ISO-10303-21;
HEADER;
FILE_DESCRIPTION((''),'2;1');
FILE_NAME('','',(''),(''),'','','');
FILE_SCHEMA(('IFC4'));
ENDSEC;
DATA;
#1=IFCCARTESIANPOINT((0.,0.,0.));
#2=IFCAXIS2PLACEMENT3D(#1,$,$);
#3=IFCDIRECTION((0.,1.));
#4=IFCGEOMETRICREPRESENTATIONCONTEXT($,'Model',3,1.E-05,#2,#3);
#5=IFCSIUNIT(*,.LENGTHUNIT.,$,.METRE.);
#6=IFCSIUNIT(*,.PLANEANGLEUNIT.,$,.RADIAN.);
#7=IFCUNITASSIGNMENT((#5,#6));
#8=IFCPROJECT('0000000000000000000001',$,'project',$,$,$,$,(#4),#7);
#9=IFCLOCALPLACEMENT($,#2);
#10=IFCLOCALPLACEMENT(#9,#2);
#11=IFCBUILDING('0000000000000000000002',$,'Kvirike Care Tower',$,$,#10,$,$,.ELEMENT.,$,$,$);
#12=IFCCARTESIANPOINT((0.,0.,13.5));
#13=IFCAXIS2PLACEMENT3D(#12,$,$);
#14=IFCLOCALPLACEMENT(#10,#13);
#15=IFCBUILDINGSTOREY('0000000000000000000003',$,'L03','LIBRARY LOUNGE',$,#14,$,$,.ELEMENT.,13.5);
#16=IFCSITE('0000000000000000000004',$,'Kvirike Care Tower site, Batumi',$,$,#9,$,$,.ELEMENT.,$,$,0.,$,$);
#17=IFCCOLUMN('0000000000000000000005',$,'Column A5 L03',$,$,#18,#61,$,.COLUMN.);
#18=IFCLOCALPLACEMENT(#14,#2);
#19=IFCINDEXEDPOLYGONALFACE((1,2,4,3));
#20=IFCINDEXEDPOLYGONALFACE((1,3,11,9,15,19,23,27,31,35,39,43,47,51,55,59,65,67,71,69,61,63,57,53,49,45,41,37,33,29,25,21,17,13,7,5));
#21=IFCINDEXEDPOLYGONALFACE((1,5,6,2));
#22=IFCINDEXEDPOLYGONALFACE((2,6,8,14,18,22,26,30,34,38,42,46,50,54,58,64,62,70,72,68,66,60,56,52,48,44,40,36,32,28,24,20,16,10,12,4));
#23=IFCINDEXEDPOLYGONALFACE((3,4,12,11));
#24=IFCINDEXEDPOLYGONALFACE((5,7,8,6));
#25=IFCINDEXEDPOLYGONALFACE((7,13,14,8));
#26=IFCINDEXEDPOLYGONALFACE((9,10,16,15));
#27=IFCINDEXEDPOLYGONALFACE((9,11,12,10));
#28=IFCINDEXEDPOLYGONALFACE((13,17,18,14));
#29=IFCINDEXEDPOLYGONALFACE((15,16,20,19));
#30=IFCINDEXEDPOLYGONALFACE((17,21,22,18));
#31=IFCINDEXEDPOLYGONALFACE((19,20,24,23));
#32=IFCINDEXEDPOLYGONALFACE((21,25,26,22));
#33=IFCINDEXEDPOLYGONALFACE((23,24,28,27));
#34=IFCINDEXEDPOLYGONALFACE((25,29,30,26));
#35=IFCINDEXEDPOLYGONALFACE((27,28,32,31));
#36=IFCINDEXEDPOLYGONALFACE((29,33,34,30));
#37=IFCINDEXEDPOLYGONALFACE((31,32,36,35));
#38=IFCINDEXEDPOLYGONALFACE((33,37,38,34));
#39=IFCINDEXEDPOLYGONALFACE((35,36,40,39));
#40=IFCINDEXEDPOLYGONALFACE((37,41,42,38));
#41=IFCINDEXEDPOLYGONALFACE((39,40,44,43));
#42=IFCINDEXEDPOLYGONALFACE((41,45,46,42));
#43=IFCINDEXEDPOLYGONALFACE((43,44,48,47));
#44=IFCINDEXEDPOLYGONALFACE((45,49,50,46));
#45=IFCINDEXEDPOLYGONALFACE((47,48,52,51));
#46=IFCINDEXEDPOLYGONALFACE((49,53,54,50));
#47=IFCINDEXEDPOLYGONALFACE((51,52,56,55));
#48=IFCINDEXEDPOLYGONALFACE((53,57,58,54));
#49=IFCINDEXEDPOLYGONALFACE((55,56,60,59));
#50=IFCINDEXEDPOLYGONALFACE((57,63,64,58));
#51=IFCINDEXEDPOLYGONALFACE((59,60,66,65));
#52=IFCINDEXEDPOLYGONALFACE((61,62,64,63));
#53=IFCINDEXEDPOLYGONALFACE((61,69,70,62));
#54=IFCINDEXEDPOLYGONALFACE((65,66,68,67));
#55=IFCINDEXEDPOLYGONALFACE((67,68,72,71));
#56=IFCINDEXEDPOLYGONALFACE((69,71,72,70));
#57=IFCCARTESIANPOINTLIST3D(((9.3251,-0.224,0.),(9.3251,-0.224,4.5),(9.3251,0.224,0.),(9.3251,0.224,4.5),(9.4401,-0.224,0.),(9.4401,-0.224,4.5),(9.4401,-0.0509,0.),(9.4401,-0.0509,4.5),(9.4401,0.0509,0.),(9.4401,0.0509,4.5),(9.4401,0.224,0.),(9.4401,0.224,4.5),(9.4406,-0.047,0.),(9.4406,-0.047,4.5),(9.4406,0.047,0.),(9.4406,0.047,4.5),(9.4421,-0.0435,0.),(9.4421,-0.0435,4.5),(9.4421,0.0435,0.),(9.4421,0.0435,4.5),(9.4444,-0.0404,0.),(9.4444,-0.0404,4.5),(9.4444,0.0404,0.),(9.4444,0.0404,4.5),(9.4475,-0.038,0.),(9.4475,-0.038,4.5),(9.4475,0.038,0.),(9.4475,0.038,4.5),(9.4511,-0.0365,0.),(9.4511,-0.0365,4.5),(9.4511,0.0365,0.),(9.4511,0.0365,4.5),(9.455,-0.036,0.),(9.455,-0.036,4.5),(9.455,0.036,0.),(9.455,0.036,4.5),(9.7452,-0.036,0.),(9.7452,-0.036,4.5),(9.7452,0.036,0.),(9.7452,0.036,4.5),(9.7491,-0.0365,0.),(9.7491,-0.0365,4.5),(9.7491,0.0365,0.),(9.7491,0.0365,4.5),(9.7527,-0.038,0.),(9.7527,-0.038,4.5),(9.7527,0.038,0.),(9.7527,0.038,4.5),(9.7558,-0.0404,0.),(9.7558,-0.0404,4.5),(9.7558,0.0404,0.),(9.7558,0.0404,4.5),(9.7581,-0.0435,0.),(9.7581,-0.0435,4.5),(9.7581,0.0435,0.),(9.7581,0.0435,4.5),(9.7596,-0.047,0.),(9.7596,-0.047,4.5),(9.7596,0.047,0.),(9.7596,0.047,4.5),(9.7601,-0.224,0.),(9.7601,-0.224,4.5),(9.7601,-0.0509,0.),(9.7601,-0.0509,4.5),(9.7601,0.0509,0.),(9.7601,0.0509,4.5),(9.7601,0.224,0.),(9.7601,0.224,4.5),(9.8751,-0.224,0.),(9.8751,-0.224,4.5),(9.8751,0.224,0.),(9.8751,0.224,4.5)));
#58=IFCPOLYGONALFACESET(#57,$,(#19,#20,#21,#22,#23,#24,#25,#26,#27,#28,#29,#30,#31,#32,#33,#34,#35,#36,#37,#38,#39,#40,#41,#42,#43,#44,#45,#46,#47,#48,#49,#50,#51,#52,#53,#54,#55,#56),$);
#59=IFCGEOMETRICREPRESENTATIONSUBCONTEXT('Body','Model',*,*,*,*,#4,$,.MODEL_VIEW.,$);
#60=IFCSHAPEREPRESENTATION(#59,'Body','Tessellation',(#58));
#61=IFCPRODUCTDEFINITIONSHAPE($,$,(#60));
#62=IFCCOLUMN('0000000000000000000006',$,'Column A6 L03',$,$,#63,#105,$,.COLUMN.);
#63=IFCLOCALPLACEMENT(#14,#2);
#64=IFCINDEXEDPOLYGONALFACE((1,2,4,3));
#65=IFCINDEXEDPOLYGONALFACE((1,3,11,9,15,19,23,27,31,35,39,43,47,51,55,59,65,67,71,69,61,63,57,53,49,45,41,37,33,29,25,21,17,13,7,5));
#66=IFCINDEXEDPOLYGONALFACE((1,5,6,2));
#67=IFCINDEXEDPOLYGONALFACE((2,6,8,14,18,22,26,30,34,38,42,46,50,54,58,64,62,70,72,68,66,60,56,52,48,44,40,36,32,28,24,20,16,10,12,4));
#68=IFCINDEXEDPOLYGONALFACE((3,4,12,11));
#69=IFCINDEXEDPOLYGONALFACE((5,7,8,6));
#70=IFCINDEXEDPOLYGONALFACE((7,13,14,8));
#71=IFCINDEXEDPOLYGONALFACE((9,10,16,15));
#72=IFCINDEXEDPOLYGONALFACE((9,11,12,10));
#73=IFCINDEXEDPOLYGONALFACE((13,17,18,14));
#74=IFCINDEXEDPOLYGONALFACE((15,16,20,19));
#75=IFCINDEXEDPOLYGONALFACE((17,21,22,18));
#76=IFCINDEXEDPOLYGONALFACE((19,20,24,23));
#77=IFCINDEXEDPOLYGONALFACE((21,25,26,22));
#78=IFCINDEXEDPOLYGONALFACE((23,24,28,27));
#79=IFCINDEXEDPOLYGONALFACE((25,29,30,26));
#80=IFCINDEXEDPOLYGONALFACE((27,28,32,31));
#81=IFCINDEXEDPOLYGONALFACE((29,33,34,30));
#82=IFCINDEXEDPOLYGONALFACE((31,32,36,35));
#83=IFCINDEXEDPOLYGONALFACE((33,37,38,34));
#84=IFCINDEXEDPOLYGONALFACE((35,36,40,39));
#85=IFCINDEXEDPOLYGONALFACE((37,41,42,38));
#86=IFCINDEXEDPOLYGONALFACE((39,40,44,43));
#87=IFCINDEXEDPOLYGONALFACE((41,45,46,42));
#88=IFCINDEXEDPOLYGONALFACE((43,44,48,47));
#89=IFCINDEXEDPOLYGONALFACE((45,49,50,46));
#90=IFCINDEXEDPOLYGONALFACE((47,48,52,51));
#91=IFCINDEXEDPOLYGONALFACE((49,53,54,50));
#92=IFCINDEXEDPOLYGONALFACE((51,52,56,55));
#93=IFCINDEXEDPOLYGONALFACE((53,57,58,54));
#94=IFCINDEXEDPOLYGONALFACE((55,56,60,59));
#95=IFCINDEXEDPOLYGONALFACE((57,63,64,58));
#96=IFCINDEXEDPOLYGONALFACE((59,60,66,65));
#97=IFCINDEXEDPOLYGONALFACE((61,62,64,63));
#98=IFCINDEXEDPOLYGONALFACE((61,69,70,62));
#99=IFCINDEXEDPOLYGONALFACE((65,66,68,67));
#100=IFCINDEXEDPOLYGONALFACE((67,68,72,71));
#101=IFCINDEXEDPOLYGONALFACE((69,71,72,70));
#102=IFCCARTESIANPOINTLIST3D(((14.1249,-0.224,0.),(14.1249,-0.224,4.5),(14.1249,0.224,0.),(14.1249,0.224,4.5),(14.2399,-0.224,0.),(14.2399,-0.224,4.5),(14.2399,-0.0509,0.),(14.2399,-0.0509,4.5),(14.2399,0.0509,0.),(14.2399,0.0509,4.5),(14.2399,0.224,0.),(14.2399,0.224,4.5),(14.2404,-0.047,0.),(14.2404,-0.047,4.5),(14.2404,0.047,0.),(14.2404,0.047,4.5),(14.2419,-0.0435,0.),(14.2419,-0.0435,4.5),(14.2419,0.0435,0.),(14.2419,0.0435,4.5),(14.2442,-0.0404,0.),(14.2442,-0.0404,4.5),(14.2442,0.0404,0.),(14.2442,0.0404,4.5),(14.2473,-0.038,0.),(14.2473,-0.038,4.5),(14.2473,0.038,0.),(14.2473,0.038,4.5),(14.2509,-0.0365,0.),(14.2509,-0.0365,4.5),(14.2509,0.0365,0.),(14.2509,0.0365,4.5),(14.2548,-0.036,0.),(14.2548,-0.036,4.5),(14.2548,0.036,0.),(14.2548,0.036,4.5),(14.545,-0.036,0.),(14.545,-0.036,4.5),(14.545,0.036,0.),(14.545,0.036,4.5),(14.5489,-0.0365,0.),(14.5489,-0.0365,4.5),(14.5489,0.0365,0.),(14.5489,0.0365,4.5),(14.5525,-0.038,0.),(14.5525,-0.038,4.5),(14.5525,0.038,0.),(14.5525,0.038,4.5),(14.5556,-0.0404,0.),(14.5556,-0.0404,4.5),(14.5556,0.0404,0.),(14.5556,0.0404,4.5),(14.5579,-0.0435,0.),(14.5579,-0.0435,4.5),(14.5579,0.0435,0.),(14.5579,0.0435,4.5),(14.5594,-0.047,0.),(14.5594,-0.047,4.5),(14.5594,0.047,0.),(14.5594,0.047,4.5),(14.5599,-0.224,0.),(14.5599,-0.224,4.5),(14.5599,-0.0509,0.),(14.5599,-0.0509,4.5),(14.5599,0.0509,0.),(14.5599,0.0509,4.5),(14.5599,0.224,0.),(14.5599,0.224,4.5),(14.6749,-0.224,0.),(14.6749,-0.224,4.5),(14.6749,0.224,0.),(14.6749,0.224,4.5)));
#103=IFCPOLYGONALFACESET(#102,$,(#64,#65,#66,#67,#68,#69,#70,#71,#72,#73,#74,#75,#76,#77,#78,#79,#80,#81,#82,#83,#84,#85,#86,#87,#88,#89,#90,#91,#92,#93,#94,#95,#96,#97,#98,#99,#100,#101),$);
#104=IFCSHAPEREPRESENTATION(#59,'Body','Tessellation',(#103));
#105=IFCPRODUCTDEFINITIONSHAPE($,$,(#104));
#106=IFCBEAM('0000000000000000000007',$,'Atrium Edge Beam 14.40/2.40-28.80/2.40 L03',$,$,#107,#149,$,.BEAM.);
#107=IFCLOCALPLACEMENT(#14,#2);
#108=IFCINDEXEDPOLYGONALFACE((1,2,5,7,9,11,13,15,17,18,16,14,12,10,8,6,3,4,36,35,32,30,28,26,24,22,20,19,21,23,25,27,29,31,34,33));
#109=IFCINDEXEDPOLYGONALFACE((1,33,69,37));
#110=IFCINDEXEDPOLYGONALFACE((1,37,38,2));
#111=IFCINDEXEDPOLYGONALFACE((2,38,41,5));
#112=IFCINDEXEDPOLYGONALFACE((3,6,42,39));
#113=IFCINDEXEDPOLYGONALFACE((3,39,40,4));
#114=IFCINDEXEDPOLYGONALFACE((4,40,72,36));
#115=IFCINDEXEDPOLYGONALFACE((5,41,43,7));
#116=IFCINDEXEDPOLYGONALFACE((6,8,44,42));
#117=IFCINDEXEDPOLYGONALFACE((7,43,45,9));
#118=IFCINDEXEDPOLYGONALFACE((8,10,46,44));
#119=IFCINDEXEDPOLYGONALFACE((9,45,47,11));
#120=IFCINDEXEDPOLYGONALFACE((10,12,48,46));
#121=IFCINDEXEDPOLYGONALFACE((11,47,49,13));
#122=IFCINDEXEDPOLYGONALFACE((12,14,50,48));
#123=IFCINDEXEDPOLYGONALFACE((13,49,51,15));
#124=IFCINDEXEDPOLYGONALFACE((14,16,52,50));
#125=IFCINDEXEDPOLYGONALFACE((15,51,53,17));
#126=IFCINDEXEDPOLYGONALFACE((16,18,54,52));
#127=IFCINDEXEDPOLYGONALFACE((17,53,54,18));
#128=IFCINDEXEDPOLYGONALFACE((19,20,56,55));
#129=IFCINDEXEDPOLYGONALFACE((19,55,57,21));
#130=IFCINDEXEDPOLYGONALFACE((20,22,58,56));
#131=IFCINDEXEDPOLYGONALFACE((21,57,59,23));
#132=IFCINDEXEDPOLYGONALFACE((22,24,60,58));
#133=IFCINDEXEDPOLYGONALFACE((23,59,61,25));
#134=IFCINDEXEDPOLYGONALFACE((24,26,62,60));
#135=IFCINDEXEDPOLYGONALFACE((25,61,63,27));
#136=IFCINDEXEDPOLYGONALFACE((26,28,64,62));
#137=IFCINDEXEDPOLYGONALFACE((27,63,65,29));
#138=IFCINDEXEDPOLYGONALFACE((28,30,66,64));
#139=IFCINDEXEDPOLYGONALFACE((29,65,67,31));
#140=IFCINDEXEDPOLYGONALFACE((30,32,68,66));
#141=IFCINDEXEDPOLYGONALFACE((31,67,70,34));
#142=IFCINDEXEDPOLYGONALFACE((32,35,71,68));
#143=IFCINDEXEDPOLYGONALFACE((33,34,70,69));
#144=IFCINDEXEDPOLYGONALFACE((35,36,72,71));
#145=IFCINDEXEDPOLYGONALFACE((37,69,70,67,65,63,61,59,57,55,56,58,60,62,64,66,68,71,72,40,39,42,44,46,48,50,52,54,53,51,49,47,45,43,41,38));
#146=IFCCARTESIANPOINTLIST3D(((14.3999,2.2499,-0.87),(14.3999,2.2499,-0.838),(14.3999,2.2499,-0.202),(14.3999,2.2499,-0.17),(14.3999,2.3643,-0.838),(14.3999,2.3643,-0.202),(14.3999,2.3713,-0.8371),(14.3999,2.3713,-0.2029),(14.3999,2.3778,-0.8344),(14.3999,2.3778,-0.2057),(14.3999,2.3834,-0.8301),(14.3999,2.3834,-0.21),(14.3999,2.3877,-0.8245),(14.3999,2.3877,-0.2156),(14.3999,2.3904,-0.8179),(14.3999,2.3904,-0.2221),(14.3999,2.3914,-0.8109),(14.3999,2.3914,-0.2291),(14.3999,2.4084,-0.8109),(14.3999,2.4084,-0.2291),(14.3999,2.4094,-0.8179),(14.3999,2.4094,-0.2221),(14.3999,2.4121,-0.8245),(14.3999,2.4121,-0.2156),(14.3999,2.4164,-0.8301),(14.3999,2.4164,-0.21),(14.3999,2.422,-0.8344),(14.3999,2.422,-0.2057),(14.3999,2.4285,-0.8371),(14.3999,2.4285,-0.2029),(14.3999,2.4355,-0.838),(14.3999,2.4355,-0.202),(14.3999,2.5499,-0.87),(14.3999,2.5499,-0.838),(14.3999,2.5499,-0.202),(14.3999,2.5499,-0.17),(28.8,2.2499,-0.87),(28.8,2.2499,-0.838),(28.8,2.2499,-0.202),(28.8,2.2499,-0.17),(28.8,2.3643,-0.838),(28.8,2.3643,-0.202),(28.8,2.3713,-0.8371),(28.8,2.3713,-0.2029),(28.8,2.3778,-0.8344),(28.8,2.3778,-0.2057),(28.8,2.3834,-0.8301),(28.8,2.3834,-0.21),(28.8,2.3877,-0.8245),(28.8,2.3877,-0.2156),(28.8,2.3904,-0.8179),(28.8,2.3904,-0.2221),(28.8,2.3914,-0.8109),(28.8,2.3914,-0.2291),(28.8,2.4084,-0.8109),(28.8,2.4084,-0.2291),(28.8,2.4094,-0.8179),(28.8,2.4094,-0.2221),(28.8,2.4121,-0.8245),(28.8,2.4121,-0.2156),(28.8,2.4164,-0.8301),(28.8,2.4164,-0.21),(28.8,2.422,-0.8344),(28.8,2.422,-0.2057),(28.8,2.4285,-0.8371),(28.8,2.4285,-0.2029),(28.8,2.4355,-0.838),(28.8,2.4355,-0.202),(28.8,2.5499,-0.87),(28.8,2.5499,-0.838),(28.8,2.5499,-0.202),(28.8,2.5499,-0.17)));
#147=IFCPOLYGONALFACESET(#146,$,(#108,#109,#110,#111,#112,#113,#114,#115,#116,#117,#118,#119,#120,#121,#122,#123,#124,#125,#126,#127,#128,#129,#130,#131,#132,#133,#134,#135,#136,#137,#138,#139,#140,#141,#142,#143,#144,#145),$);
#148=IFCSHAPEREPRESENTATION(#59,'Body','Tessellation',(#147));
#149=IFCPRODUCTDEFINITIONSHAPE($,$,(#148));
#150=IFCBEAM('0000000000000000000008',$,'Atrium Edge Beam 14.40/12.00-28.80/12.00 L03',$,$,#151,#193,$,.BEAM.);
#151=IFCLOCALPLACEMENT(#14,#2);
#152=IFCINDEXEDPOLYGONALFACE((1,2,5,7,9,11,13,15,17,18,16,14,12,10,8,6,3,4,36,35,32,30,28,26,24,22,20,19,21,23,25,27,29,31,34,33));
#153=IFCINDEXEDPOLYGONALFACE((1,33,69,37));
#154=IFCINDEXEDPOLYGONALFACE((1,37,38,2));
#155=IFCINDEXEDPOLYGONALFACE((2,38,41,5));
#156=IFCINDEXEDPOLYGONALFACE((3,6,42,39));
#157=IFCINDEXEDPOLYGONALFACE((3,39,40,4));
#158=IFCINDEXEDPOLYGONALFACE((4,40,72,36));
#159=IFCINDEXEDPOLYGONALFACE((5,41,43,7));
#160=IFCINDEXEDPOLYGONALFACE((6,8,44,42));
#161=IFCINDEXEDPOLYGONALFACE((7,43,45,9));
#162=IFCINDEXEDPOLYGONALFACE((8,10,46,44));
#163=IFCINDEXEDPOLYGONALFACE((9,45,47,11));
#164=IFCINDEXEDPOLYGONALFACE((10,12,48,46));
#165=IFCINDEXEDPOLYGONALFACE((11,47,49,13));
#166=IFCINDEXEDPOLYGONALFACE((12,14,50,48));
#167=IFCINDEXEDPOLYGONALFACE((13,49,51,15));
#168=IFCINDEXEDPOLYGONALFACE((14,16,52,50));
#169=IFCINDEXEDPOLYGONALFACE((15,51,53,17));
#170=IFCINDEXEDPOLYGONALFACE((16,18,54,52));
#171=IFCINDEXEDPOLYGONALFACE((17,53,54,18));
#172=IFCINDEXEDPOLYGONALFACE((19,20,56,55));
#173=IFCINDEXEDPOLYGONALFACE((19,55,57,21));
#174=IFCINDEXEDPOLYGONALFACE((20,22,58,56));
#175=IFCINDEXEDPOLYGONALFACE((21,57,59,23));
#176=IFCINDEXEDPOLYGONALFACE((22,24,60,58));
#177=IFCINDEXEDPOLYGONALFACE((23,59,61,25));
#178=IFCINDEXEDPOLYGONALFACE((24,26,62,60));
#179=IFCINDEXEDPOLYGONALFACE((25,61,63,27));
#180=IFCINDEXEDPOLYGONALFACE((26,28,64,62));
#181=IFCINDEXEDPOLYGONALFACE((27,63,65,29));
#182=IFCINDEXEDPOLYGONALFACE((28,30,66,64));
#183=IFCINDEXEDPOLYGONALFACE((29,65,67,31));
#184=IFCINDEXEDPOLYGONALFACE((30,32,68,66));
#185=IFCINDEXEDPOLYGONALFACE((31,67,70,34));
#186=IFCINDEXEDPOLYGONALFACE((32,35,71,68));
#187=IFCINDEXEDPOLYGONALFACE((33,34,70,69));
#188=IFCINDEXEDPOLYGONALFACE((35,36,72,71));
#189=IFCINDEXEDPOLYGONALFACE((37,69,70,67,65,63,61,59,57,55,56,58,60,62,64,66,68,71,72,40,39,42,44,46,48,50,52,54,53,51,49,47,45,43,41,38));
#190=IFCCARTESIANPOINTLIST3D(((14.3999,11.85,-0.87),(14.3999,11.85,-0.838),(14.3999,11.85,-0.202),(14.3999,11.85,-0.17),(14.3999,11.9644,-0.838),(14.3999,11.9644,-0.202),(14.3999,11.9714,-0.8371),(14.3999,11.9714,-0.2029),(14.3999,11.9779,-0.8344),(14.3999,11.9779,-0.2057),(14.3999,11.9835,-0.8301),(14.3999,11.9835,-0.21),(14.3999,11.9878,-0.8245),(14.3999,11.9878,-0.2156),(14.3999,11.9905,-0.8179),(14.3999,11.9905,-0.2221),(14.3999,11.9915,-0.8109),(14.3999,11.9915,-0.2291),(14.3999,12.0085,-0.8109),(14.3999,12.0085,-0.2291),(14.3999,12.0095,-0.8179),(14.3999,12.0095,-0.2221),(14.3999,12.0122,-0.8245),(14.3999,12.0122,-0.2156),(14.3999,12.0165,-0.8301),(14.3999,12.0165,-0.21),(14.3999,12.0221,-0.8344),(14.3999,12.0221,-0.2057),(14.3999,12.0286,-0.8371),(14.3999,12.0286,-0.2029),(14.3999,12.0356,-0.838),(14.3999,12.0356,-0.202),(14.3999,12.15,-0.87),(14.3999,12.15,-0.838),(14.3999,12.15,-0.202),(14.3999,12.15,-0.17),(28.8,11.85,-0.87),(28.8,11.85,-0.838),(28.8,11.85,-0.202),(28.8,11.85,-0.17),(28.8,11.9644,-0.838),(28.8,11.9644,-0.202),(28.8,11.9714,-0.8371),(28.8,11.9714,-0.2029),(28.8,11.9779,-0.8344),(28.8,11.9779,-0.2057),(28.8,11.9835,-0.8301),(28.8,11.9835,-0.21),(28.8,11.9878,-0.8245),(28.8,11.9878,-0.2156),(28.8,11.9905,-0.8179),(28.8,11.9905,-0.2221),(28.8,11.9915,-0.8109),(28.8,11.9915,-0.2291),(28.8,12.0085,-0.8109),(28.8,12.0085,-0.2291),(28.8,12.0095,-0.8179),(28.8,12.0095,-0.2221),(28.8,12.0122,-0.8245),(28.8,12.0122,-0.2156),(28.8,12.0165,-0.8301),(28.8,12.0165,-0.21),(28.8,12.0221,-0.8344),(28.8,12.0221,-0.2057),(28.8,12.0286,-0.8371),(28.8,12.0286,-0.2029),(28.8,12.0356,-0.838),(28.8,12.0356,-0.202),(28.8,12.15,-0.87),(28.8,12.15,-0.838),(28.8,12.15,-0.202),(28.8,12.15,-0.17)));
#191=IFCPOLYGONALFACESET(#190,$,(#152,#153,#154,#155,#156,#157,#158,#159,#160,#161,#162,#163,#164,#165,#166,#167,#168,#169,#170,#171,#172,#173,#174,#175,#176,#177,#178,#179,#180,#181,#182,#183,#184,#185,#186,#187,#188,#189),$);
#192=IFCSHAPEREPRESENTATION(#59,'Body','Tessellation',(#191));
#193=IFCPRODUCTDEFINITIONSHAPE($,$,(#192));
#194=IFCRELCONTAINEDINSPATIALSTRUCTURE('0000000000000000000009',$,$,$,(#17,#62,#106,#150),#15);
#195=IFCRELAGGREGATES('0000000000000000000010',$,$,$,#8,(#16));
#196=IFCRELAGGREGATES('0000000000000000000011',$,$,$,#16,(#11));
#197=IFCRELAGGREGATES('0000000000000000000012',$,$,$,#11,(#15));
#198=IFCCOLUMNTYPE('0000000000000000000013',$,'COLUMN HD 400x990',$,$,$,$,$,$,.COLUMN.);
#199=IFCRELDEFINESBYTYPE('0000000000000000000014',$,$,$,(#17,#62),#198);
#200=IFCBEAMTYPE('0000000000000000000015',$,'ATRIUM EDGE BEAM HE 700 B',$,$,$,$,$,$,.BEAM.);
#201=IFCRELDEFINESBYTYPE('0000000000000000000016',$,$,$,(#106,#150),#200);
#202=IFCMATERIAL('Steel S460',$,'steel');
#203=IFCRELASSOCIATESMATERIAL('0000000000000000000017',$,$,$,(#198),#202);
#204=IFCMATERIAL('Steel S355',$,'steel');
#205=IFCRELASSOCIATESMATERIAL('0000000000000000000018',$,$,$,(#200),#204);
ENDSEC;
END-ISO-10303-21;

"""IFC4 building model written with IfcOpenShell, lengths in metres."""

from ifc_helpers import new_model, si_unit, direction, frame, origin, origin_2d, place, context, subcontext, project, spatial, i_section, extrude, material, material_profile, profile_set, type_object, element, save


model = new_model("IFC4")

# Units and contexts
model_context = context("Model", 3, precision=1e-05, world=origin(), true_north=direction((0.0, 1.0)))
body_context = subcontext(model_context, "Body", "Model", "MODEL_VIEW")
ifc_project = project(units=[si_unit("LENGTHUNIT", "METRE"), si_unit("PLANEANGLEUNIT", "RADIAN")], contexts=[model_context])

# Site, building, storey
site_placement = place(None, origin())
site = spatial("IfcSite", under=ifc_project, at=site_placement, Name="Kvirike Care Tower site, Batumi", CompositionType="ELEMENT", RefElevation=0.0)
building_placement = place(site_placement, origin())
building = spatial("IfcBuilding", under=site, at=building_placement, Name="Kvirike Care Tower", CompositionType="ELEMENT")
storey_placement = place(building_placement, frame((0.0, 0.0, 13.5)))
storey = spatial("IfcBuildingStorey", under=building, at=storey_placement, Name="L03", Description="LIBRARY LOUNGE", CompositionType="ELEMENT", Elevation=13.5)

# Columns
ifc_material_1 = material(Name="Steel S460", Category="steel")
ifc_material_profile_1 = material_profile(ifc_material_1, i_section(OverallWidth=0.448, OverallDepth=0.55, WebThickness=0.072, FlangeThickness=0.115, FilletRadius=0.0149, at=origin_2d()), Name="HD 400x990")
ifc_profile_set_1 = profile_set([ifc_material_profile_1], Name="Steel S460")
column_type_1 = type_object("IfcColumnType", Name="COLUMN HD 400x990", PredefinedType="COLUMN", material=ifc_profile_set_1)
for number, where, z_axis, x_axis, name in (
    (1, (9.6001, 0.0, 0.0), (0.0, 0.0, 1.0), (0.0, 1.0, 0.0), "Column A5 L03"),
    (2, (14.3999, 0.0, 0.0), (0.0, 0.0, 1.0), (0.0, 1.0, 0.0), "Column A6 L03"),
):
    element("IfcColumn", number, at=place(storey_placement, frame(where, z_axis=z_axis, x_axis=x_axis)), inside=storey, type_object=column_type_1, Name=name, PredefinedType="COLUMN", context=body_context, shape_type="SweptSolid", body=[
        extrude(i_section(OverallWidth=0.448, OverallDepth=0.55, WebThickness=0.072, FlangeThickness=0.115, FilletRadius=0.0149, at=origin_2d()), origin(), (0.0, 0.0, 1.0), 4.5),
    ])

# Beams
ifc_material_2 = material(Name="Steel S355", Category="steel")
ifc_material_profile_2 = material_profile(ifc_material_2, i_section(OverallWidth=0.3, OverallDepth=0.7, WebThickness=0.0171, FlangeThickness=0.032, FilletRadius=0.0271, at=origin_2d()), Name="HE 700 B")
ifc_profile_set_2 = profile_set([ifc_material_profile_2], Name="Steel S355")
beam_type_1 = type_object("IfcBeamType", Name="ATRIUM EDGE BEAM HE 700 B", PredefinedType="BEAM", material=ifc_profile_set_2)
for number, where, z_axis, x_axis, name in (
    (3, (14.3999, 2.3999, -0.52), (1.0, 0.0, 0.0), (0.0, 1.0, 0.0), "Atrium Edge Beam 14.40/2.40-28.80/2.40 L03"),
    (4, (14.3999, 12.0, -0.52), (1.0, 0.0, 0.0), (0.0, 1.0, 0.0), "Atrium Edge Beam 14.40/12.00-28.80/12.00 L03"),
):
    element("IfcBeam", number, at=place(storey_placement, frame(where, z_axis=z_axis, x_axis=x_axis)), inside=storey, type_object=beam_type_1, Name=name, PredefinedType="BEAM", context=body_context, shape_type="SweptSolid", body=[
        extrude(i_section(OverallWidth=0.3, OverallDepth=0.7, WebThickness=0.0171, FlangeThickness=0.032, FilletRadius=0.0271, at=origin_2d()), origin(), (0.0, 0.0, 1.0), 14.4001),
    ])

save(model, "model.ifc")
